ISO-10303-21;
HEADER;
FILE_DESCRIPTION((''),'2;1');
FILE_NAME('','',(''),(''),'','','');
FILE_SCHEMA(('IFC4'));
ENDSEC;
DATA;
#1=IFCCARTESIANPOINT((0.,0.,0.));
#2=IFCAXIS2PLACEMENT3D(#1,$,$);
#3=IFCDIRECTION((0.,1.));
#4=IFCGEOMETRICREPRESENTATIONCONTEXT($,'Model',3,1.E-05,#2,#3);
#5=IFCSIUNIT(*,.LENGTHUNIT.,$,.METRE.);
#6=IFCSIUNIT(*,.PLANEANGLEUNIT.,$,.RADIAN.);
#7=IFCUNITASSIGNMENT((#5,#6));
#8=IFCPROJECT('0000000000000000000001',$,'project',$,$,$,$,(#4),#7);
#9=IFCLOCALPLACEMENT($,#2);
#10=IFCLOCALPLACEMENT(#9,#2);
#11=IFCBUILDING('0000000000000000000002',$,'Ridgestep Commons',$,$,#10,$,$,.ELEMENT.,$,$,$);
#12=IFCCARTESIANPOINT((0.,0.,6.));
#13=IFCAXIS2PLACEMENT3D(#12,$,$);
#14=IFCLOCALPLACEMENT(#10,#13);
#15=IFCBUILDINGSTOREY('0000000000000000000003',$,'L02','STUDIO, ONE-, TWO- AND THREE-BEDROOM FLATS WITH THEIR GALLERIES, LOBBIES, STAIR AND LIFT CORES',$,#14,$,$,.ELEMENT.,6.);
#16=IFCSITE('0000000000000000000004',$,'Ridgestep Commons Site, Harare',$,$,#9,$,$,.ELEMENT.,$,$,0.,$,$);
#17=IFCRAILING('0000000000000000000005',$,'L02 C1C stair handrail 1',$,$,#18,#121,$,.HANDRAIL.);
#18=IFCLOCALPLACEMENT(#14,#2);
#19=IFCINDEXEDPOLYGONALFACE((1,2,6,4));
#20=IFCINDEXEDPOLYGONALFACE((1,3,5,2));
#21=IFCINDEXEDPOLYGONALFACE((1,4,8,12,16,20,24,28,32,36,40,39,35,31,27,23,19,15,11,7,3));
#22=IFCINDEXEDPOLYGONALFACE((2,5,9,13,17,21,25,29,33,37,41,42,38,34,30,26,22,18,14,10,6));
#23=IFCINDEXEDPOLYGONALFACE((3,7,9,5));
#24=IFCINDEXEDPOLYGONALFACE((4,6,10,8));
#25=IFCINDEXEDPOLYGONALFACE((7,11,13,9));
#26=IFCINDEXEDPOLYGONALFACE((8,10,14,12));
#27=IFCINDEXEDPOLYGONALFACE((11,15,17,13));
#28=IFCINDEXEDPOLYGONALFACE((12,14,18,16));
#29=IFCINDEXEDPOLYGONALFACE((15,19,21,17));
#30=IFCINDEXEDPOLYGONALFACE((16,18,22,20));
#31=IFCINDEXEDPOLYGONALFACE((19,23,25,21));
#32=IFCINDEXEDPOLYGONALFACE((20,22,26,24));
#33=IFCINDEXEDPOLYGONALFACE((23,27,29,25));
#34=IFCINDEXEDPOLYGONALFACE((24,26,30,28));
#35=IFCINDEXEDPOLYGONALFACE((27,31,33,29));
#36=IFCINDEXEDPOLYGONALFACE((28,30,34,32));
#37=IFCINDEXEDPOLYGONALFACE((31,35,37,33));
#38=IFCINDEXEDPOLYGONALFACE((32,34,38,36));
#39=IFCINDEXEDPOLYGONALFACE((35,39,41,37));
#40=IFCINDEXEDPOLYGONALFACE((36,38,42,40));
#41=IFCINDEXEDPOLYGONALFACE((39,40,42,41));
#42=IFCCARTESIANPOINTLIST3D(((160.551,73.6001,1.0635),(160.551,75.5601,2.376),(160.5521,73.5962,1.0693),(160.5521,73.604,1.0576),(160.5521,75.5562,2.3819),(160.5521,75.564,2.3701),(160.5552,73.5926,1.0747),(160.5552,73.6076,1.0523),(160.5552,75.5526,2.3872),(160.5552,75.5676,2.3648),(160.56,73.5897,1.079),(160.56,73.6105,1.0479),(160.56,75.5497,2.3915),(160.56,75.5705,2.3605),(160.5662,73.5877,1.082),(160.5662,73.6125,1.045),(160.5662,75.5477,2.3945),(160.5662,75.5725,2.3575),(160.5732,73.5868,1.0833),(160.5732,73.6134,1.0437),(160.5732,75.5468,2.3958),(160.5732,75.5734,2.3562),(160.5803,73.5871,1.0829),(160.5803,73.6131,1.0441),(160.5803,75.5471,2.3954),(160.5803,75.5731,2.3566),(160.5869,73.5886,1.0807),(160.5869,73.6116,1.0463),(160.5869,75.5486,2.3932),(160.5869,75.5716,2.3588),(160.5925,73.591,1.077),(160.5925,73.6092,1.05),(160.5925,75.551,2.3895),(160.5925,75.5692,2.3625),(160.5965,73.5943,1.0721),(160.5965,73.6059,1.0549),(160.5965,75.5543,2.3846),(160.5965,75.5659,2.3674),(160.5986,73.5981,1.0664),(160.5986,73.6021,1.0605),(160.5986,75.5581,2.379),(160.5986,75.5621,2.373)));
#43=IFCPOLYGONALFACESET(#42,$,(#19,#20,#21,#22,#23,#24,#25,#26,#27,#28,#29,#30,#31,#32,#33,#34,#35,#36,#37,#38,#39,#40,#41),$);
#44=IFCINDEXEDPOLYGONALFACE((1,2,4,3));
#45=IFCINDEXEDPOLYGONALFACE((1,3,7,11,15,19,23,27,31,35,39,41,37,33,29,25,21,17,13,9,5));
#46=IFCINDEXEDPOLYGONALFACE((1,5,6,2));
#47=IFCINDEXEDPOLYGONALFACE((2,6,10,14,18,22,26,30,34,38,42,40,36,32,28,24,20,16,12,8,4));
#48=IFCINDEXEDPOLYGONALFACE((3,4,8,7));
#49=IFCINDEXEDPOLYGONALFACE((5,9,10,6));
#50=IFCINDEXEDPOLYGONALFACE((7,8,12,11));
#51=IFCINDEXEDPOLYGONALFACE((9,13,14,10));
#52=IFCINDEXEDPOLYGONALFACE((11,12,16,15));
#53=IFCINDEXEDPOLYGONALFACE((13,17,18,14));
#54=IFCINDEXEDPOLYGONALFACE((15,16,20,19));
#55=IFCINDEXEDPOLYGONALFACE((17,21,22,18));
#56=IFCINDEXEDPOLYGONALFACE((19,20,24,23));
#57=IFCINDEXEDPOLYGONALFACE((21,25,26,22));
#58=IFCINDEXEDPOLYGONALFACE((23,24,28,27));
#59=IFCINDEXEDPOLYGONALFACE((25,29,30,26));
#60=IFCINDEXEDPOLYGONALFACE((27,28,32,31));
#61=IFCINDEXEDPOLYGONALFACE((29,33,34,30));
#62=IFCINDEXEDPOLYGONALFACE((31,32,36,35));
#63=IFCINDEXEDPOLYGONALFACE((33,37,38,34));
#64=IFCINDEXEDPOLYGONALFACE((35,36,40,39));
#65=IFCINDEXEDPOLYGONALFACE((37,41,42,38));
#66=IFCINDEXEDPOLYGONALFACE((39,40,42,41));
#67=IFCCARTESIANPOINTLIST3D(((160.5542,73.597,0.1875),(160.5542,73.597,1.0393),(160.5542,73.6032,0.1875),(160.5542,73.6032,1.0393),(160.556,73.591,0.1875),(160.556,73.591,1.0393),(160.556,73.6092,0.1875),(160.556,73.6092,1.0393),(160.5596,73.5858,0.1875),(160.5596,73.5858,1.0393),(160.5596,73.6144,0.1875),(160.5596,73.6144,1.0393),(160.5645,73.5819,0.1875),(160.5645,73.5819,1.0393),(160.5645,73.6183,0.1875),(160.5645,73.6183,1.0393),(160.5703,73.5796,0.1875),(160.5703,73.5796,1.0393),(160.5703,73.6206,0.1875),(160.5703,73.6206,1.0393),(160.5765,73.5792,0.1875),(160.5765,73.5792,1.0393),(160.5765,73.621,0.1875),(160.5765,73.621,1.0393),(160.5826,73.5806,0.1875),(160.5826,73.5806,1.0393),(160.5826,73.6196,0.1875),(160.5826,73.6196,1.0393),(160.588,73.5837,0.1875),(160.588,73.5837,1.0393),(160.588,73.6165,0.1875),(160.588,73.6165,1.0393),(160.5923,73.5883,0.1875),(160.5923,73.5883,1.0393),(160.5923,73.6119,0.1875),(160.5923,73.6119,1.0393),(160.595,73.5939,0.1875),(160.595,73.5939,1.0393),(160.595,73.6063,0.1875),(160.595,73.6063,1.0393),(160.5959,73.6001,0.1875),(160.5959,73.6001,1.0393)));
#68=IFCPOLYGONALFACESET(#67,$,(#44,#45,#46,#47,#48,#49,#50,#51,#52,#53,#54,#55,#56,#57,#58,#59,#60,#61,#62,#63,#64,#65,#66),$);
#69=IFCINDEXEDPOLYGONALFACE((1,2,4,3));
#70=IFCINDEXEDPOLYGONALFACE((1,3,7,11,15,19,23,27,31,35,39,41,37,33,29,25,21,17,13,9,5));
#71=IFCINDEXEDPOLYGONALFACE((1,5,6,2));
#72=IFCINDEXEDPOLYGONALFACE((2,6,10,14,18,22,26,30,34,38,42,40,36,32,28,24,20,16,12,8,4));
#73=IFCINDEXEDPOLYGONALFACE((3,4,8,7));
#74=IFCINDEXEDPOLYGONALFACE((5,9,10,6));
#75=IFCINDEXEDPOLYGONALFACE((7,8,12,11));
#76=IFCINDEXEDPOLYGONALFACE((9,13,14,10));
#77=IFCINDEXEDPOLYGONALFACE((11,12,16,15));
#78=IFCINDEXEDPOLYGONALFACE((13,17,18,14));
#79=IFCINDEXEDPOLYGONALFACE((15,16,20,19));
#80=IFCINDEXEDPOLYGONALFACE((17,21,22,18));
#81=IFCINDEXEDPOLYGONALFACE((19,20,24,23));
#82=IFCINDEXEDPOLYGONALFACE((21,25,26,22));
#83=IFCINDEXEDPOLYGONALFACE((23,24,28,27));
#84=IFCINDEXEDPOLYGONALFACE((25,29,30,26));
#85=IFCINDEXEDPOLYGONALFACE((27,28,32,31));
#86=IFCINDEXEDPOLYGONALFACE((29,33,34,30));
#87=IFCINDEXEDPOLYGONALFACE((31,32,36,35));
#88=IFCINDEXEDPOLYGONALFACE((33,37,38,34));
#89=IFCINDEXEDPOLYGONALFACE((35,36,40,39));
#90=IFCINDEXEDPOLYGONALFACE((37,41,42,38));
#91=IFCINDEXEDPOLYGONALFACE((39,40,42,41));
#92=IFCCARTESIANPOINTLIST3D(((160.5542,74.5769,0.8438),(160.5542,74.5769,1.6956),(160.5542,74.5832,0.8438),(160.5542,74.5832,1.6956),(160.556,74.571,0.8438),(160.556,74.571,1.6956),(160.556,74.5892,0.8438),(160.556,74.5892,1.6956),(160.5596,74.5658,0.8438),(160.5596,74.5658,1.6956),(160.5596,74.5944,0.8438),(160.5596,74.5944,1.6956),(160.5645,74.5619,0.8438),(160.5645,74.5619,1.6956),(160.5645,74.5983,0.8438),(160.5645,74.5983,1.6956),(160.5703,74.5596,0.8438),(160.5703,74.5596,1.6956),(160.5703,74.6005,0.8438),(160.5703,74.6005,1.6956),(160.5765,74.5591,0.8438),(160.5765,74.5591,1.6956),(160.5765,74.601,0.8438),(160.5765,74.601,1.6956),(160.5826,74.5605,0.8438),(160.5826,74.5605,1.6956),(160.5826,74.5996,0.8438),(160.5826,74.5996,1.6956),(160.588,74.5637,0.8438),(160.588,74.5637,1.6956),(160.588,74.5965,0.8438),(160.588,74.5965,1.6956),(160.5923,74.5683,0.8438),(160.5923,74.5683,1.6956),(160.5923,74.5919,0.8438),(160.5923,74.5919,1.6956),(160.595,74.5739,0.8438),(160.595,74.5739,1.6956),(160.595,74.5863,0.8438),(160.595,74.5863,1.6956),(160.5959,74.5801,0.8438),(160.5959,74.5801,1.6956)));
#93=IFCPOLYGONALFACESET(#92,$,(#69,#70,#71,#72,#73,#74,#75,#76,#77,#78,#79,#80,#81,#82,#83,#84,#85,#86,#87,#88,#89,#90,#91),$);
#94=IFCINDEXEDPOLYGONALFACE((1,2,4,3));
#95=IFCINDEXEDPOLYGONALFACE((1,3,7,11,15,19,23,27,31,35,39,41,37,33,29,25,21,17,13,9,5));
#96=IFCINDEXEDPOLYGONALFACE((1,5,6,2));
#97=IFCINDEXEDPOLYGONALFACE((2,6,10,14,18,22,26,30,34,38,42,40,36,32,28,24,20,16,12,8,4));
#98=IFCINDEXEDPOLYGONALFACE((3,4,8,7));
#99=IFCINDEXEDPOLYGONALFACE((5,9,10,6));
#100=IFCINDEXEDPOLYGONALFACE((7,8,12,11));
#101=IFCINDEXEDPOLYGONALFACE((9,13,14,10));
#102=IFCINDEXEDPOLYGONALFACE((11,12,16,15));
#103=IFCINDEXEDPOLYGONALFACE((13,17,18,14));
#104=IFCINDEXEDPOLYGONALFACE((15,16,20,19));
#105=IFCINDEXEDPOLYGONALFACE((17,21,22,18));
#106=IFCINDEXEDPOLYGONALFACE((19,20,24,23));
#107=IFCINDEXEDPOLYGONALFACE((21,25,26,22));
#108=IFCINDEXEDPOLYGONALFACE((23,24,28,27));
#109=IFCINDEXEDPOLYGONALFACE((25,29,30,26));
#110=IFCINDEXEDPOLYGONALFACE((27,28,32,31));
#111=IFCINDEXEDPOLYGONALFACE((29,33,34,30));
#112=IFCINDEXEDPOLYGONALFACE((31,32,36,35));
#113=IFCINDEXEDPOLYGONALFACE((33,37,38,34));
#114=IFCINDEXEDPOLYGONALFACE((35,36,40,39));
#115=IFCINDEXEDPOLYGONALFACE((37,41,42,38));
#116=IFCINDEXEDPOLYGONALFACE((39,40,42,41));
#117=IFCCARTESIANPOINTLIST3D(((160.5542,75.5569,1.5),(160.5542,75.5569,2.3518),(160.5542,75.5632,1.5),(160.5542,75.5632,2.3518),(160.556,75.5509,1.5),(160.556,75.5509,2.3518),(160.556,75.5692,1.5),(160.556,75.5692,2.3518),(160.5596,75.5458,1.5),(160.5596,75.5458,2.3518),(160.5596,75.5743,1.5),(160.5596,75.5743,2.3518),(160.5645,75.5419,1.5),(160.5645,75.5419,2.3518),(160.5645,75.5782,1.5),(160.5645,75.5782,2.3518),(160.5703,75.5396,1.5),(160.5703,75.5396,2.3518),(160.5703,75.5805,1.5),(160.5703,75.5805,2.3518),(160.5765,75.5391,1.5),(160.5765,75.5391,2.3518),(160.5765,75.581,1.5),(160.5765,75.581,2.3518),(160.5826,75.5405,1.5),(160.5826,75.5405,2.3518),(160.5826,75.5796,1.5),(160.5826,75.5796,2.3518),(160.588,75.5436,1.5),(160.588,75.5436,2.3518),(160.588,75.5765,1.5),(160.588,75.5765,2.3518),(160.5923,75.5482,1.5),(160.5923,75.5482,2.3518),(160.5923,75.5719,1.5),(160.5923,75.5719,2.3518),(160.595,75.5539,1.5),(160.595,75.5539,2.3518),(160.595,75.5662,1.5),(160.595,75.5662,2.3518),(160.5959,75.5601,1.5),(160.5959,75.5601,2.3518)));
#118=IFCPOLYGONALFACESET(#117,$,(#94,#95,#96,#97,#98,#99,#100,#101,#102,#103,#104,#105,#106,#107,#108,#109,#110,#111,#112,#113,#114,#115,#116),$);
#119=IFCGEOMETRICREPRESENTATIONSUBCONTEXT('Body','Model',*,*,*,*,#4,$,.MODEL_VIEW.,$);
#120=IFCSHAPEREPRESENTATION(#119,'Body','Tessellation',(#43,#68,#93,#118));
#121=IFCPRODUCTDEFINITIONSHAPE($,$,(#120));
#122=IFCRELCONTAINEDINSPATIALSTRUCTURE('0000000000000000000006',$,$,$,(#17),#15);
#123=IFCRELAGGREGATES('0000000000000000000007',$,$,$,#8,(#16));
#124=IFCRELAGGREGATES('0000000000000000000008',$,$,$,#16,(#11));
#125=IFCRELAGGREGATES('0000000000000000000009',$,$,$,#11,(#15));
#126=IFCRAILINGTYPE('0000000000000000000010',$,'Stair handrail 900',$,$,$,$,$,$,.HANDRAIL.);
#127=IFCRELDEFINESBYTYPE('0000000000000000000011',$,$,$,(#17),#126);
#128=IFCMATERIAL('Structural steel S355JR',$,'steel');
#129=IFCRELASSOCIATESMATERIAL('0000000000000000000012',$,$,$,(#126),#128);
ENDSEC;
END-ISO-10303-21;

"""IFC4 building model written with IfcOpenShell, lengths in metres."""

from ifc_helpers import new_model, si_unit, direction, frame, origin, origin_2d, place, context, subcontext, project, spatial, circle, extrude, material, type_object, element, save


model = new_model("IFC4")

# Units and contexts
model_context = context("Model", 3, precision=1e-05, world=origin(), true_north=direction((0.0, 1.0)))
body_context = subcontext(model_context, "Body", "Model", "MODEL_VIEW")
ifc_project = project(units=[si_unit("LENGTHUNIT", "METRE"), si_unit("PLANEANGLEUNIT", "RADIAN")], contexts=[model_context])

# Site, building, storey
site_placement = place(None, origin())
site = spatial("IfcSite", under=ifc_project, at=site_placement, Name="Ridgestep Commons Site, Harare", CompositionType="ELEMENT", RefElevation=0.0)
building_placement = place(site_placement, origin())
building = spatial("IfcBuilding", under=site, at=building_placement, Name="Ridgestep Commons", CompositionType="ELEMENT")
storey_placement = place(building_placement, frame((0.0, 0.0, 6.0)))
storey = spatial("IfcBuildingStorey", under=building, at=storey_placement, Name="L02", Description="STUDIO, ONE-, TWO- AND THREE-BEDROOM FLATS WITH THEIR GALLERIES, LOBBIES, STAIR AND LIFT CORES", CompositionType="ELEMENT", Elevation=6.0)

# Railing
ifc_material_1 = material(Name="Structural steel S355JR", Category="steel")
railing_type_1 = type_object("IfcRailingType", Name="Stair handrail 900", PredefinedType="HANDRAIL", material=ifc_material_1)
railing_1_placement = place(storey_placement, frame((160.575, 73.6001, 0.1875)))
element("IfcRailing", 1, at=railing_1_placement, inside=storey, type_object=railing_type_1, Name="L02 C1C stair handrail 1", PredefinedType="HANDRAIL", context=body_context, shape_type="SweptSolid", body=[
    extrude(circle(Radius=0.0239, at=origin_2d()), frame((0.0, 0.0, 0.876), z_axis=(0.0, 0.830902, 0.556419), x_axis=(-1.0, 0.0, 0.0)), (0.0, 0.0, 1.0), 2.3589),
    extrude(circle(Radius=0.021, at=origin_2d()), origin(), (0.0, 0.0, 1.0), 0.8518),
    extrude(circle(Radius=0.021, at=origin_2d()), frame((0.0, 0.98, 0.6562)), (0.0, 0.0, 1.0), 0.8518),
    extrude(circle(Radius=0.021, at=origin_2d()), frame((0.0, 1.96, 1.3125)), (0.0, 0.0, 1.0), 0.8518),
])

save(model, "model.ifc")
